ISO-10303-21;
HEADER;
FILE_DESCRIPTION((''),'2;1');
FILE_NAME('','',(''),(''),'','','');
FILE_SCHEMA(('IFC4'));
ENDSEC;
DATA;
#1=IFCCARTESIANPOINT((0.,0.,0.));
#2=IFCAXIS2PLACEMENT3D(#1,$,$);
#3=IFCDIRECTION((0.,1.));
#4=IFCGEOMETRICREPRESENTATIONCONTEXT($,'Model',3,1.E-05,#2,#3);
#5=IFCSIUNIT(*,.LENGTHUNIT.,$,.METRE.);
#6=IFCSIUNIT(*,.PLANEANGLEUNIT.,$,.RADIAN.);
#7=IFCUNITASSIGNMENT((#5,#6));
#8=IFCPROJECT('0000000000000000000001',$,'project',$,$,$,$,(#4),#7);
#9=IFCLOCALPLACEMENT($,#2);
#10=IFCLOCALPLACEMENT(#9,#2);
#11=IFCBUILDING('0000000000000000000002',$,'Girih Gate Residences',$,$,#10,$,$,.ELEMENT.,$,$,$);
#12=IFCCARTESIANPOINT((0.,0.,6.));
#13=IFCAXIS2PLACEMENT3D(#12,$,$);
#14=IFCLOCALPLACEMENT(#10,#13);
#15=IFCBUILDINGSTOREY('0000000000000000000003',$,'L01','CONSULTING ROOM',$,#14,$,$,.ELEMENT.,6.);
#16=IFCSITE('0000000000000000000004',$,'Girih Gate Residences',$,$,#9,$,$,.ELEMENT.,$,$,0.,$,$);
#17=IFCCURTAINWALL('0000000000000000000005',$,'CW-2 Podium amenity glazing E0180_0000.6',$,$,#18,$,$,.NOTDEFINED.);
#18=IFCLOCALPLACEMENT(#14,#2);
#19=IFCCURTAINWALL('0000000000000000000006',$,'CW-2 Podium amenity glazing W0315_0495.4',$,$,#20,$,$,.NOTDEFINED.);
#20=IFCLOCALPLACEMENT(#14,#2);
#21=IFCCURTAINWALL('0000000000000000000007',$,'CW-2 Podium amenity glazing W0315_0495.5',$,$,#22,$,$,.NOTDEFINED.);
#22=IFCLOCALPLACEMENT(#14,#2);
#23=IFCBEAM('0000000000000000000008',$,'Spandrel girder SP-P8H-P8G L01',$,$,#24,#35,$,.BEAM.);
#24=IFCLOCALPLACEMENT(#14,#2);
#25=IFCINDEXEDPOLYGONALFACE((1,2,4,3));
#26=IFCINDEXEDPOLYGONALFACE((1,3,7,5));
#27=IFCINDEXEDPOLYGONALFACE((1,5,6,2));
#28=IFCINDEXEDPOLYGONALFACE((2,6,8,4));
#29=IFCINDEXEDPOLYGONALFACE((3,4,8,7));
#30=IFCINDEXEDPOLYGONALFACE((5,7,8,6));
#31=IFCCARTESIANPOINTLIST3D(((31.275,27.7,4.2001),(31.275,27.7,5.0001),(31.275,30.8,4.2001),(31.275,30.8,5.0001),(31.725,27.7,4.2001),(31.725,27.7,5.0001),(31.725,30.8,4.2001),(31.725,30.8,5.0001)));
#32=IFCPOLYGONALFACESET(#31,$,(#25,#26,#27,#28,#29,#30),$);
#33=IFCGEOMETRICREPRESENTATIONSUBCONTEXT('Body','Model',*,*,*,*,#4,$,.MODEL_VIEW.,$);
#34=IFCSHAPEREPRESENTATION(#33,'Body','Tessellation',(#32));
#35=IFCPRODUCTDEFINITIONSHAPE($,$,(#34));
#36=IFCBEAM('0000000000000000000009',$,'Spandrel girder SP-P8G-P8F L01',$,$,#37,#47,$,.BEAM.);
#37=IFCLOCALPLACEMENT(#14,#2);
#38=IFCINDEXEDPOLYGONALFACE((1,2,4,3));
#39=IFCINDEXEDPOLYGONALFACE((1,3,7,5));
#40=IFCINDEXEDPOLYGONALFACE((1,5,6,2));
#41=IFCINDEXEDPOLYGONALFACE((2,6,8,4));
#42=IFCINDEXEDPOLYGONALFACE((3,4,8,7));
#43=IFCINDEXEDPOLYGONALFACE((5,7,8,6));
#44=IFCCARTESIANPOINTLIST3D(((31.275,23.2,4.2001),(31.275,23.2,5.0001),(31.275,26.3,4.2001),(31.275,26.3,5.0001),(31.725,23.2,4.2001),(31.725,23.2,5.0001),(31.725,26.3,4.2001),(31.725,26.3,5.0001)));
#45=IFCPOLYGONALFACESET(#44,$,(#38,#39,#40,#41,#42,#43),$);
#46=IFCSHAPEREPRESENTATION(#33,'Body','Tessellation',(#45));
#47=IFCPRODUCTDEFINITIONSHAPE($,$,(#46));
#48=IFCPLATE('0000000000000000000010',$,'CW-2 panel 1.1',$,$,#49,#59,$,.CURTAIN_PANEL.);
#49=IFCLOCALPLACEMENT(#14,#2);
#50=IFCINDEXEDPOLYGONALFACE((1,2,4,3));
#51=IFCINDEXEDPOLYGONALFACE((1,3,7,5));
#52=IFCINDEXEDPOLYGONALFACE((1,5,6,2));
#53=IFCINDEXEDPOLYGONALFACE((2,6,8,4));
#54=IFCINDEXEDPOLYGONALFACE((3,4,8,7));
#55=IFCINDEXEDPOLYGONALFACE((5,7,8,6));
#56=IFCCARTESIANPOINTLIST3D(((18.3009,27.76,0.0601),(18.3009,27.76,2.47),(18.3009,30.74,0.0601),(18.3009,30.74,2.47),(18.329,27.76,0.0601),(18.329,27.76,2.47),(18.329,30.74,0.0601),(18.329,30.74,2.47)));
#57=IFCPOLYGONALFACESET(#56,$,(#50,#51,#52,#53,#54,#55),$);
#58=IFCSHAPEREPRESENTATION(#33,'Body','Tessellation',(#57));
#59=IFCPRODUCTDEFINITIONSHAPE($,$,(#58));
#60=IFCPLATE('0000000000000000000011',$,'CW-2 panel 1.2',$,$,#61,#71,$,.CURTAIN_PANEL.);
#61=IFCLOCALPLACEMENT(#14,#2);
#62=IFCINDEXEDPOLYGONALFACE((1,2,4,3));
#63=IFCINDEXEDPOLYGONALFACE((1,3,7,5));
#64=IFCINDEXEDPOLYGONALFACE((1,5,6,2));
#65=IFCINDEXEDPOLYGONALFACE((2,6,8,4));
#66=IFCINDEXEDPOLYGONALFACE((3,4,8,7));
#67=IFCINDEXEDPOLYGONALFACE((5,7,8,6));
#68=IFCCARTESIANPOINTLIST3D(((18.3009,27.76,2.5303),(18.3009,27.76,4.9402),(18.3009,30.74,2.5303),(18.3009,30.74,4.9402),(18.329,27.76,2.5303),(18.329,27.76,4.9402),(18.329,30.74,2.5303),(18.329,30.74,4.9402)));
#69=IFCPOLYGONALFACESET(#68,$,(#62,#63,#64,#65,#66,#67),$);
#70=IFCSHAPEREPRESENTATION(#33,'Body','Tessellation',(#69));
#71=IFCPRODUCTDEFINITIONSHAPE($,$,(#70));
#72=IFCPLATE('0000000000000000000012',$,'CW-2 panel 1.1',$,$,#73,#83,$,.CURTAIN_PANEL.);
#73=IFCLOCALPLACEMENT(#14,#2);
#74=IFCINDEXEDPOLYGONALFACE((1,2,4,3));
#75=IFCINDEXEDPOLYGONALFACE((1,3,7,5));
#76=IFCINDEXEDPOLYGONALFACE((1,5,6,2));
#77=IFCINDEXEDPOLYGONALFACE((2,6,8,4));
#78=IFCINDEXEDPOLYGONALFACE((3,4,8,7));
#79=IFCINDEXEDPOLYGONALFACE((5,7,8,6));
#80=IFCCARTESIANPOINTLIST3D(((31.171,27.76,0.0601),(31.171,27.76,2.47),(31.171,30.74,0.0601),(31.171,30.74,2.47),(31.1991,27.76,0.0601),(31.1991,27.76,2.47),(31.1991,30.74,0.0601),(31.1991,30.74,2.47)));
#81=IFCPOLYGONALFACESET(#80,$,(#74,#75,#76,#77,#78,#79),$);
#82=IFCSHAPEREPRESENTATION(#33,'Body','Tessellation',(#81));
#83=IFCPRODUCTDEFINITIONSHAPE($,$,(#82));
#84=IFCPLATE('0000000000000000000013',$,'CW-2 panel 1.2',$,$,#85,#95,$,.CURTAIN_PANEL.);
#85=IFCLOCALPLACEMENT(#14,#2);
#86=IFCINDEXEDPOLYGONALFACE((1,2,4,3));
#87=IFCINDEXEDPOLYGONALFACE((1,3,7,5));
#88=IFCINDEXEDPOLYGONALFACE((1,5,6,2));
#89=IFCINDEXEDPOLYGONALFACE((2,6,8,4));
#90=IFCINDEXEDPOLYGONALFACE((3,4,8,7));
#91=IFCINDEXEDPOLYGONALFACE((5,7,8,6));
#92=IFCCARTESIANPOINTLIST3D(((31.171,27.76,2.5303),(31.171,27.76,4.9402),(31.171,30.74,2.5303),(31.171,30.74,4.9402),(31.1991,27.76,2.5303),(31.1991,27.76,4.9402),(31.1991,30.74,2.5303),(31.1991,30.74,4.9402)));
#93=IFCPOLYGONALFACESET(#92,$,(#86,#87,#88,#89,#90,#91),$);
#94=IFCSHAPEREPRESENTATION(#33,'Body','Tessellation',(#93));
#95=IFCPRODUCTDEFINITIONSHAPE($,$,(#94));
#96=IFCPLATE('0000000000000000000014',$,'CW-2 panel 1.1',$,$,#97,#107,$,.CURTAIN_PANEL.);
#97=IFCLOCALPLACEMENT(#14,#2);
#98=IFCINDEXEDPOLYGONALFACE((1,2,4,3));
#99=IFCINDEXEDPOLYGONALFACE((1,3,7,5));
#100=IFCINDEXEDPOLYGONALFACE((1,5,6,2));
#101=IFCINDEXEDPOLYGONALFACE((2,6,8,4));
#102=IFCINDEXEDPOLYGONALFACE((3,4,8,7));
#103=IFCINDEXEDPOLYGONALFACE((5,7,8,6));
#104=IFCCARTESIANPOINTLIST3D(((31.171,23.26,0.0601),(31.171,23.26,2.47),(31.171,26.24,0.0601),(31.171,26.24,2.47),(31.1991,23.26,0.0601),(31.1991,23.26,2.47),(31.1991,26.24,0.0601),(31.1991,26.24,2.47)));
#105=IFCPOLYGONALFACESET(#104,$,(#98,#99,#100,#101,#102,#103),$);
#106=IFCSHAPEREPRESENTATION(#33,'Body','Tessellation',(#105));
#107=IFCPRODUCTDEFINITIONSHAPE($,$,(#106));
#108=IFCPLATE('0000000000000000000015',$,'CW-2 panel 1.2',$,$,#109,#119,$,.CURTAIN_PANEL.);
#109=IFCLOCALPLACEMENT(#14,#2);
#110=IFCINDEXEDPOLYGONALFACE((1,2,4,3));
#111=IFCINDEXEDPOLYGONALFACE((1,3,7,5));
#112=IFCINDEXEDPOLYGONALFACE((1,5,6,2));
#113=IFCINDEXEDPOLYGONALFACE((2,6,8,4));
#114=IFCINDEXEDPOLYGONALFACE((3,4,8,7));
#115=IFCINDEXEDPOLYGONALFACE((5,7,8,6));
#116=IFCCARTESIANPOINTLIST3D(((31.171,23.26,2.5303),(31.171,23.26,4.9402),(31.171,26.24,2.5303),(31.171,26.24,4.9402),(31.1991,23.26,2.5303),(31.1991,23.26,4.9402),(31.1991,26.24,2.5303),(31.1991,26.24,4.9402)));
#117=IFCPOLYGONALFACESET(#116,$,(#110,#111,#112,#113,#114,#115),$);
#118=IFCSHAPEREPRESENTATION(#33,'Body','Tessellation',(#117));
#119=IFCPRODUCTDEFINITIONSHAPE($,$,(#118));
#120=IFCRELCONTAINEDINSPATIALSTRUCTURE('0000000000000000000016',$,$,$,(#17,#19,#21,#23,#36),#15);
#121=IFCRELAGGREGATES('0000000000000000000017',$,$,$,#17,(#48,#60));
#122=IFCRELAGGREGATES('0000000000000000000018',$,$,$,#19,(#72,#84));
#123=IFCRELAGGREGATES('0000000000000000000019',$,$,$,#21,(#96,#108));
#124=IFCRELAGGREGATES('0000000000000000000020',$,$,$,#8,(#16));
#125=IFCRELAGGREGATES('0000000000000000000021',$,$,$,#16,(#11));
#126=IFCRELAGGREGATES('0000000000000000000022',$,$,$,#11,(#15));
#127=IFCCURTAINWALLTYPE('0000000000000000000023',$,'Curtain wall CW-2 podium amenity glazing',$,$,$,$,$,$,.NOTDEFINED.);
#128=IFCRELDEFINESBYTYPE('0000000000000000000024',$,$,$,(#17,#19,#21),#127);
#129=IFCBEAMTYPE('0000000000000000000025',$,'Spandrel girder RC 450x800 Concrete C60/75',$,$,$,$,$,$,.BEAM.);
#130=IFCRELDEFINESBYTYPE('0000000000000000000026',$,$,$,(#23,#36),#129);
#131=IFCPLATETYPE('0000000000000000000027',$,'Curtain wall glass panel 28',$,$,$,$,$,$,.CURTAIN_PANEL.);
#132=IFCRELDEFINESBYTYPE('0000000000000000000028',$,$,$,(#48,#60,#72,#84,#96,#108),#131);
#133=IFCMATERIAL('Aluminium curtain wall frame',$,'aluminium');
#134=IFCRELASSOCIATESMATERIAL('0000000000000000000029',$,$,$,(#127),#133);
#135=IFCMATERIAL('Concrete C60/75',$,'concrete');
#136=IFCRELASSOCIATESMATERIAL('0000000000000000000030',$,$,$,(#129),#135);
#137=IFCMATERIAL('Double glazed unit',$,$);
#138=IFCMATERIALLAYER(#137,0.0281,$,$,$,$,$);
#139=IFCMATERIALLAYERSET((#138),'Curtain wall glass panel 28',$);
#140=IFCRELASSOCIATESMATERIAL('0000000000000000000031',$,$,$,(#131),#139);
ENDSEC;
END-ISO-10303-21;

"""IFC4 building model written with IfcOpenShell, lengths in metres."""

from ifc_helpers import new_model, si_unit, direction, frame, origin, origin_2d, place, context, subcontext, project, spatial, rectangle, extrude, material, layer, layer_set, material_profile, profile_set, type_object, element, aggregate, save


model = new_model("IFC4")

# Units and contexts
model_context = context("Model", 3, precision=1e-05, world=origin(), true_north=direction((0.0, 1.0)))
body_context = subcontext(model_context, "Body", "Model", "MODEL_VIEW")
ifc_project = project(units=[si_unit("LENGTHUNIT", "METRE"), si_unit("PLANEANGLEUNIT", "RADIAN")], contexts=[model_context])

# Site, building, storey
site_placement = place(None, origin())
site = spatial("IfcSite", under=ifc_project, at=site_placement, Name="Girih Gate Residences", CompositionType="ELEMENT", RefElevation=0.0)
building_placement = place(site_placement, origin())
building = spatial("IfcBuilding", under=site, at=building_placement, Name="Girih Gate Residences", CompositionType="ELEMENT")
storey_placement = place(building_placement, frame((0.0, 0.0, 6.0)))
storey = spatial("IfcBuildingStorey", under=building, at=storey_placement, Name="L01", Description="CONSULTING ROOM", CompositionType="ELEMENT", Elevation=6.0)

# Curtain wall
ifc_material_1 = material(Name="Aluminium curtain wall frame", Category="aluminium")
curtain_wall_type = type_object("IfcCurtainWallType", Name="Curtain wall CW-2 podium amenity glazing", PredefinedType="NOTDEFINED", material=ifc_material_1)
curtain_wall_1_placement = place(storey_placement, origin())
curtain_wall_1 = element("IfcCurtainWall", 1, at=curtain_wall_1_placement, inside=storey, type_object=curtain_wall_type, Name="CW-2 Podium amenity glazing E0180_0000.6", PredefinedType="NOTDEFINED")

# Curtain wall
curtain_wall_2_placement = place(storey_placement, origin())
curtain_wall_2 = element("IfcCurtainWall", 2, at=curtain_wall_2_placement, inside=storey, type_object=curtain_wall_type, Name="CW-2 Podium amenity glazing W0315_0495.4", PredefinedType="NOTDEFINED")

# Curtain wall
curtain_wall_3_placement = place(storey_placement, origin())
curtain_wall_3 = element("IfcCurtainWall", 3, at=curtain_wall_3_placement, inside=storey, type_object=curtain_wall_type, Name="CW-2 Podium amenity glazing W0315_0495.5", PredefinedType="NOTDEFINED")

# Beams
ifc_material_2 = material(Name="Concrete C60/75", Category="concrete")
ifc_material_profile_1 = material_profile(ifc_material_2, rectangle(XDim=0.45, YDim=0.8, at=origin_2d()))
ifc_profile_set_1 = profile_set([ifc_material_profile_1], Name="Concrete C60/75")
beam_type = type_object("IfcBeamType", Name="Spandrel girder RC 450x800 Concrete C60/75", PredefinedType="BEAM", material=ifc_profile_set_1)
for number, where, z_axis, x_axis, name in (
    (4, (31.5, 30.8, 4.6001), (0.0, -1.0, 0.0), (1.0, 0.0, 0.0), "Spandrel girder SP-P8H-P8G L01"),
    (5, (31.5, 26.3, 4.6001), (0.0, -1.0, 0.0), (1.0, 0.0, 0.0), "Spandrel girder SP-P8G-P8F L01"),
):
    element("IfcBeam", number, at=place(storey_placement, frame(where, z_axis=z_axis, x_axis=x_axis)), inside=storey, type_object=beam_type, Name=name, PredefinedType="BEAM", context=body_context, shape_type="SweptSolid", body=[
        extrude(rectangle(XDim=0.45, YDim=0.8, at=origin_2d()), origin(), (0.0, 0.0, 1.0), 3.1001),
    ])

# Plates
ifc_material_3 = material(Name="Double glazed unit")
ifc_layer = layer(ifc_material_3, 0.0281)
ifc_layer_set = layer_set([ifc_layer], Name="Curtain wall glass panel 28")
plate_type = type_object("IfcPlateType", Name="Curtain wall glass panel 28", PredefinedType="CURTAIN_PANEL", material=ifc_layer_set)
plate_1_placement = place(storey_placement, frame((18.3149, 29.25, 0.0601), z_axis=(0.0, 0.0, 1.0), x_axis=(0.0, 1.0, 0.0)))
plate_1 = element("IfcPlate", 6, at=plate_1_placement, type_object=plate_type, Name="CW-2 panel 1.1", PredefinedType="CURTAIN_PANEL", context=body_context, shape_type="SweptSolid", body=[
    extrude(rectangle(XDim=2.98, YDim=0.0281, at=origin_2d()), origin(), (0.0, 0.0, 1.0), 2.4099),
])
plate_2_placement = place(storey_placement, frame((18.3149, 29.25, 2.5303), z_axis=(0.0, 0.0, 1.0), x_axis=(0.0, 1.0, 0.0)))
plate_2 = element("IfcPlate", 7, at=plate_2_placement, type_object=plate_type, Name="CW-2 panel 1.2", PredefinedType="CURTAIN_PANEL", context=body_context, shape_type="SweptSolid", body=[
    extrude(rectangle(XDim=2.98, YDim=0.0281, at=origin_2d()), origin(), (0.0, 0.0, 1.0), 2.4099),
])
aggregate(curtain_wall_1, [plate_1, plate_2])
plate_3_placement = place(storey_placement, frame((31.1851, 29.25, 0.0601), z_axis=(0.0, 0.0, 1.0), x_axis=(0.0, -1.0, 0.0)))
plate_3 = element("IfcPlate", 8, at=plate_3_placement, type_object=plate_type, Name="CW-2 panel 1.1", PredefinedType="CURTAIN_PANEL", context=body_context, shape_type="SweptSolid", body=[
    extrude(rectangle(XDim=2.98, YDim=0.0281, at=origin_2d()), origin(), (0.0, 0.0, 1.0), 2.4099),
])
plate_4_placement = place(storey_placement, frame((31.1851, 29.25, 2.5303), z_axis=(0.0, 0.0, 1.0), x_axis=(0.0, -1.0, 0.0)))
plate_4 = element("IfcPlate", 9, at=plate_4_placement, type_object=plate_type, Name="CW-2 panel 1.2", PredefinedType="CURTAIN_PANEL", context=body_context, shape_type="SweptSolid", body=[
    extrude(rectangle(XDim=2.98, YDim=0.0281, at=origin_2d()), origin(), (0.0, 0.0, 1.0), 2.4099),
])
aggregate(curtain_wall_2, [plate_3, plate_4])
plate_5_placement = place(storey_placement, frame((31.1851, 24.75, 0.0601), z_axis=(0.0, 0.0, 1.0), x_axis=(0.0, -1.0, 0.0)))
plate_5 = element("IfcPlate", 10, at=plate_5_placement, type_object=plate_type, Name="CW-2 panel 1.1", PredefinedType="CURTAIN_PANEL", context=body_context, shape_type="SweptSolid", body=[
    extrude(rectangle(XDim=2.98, YDim=0.0281, at=origin_2d()), origin(), (0.0, 0.0, 1.0), 2.4099),
])
plate_6_placement = place(storey_placement, frame((31.1851, 24.75, 2.5303), z_axis=(0.0, 0.0, 1.0), x_axis=(0.0, -1.0, 0.0)))
plate_6 = element("IfcPlate", 11, at=plate_6_placement, type_object=plate_type, Name="CW-2 panel 1.2", PredefinedType="CURTAIN_PANEL", context=body_context, shape_type="SweptSolid", body=[
    extrude(rectangle(XDim=2.98, YDim=0.0281, at=origin_2d()), origin(), (0.0, 0.0, 1.0), 2.4099),
])
aggregate(curtain_wall_3, [plate_5, plate_6])

save(model, "model.ifc")
